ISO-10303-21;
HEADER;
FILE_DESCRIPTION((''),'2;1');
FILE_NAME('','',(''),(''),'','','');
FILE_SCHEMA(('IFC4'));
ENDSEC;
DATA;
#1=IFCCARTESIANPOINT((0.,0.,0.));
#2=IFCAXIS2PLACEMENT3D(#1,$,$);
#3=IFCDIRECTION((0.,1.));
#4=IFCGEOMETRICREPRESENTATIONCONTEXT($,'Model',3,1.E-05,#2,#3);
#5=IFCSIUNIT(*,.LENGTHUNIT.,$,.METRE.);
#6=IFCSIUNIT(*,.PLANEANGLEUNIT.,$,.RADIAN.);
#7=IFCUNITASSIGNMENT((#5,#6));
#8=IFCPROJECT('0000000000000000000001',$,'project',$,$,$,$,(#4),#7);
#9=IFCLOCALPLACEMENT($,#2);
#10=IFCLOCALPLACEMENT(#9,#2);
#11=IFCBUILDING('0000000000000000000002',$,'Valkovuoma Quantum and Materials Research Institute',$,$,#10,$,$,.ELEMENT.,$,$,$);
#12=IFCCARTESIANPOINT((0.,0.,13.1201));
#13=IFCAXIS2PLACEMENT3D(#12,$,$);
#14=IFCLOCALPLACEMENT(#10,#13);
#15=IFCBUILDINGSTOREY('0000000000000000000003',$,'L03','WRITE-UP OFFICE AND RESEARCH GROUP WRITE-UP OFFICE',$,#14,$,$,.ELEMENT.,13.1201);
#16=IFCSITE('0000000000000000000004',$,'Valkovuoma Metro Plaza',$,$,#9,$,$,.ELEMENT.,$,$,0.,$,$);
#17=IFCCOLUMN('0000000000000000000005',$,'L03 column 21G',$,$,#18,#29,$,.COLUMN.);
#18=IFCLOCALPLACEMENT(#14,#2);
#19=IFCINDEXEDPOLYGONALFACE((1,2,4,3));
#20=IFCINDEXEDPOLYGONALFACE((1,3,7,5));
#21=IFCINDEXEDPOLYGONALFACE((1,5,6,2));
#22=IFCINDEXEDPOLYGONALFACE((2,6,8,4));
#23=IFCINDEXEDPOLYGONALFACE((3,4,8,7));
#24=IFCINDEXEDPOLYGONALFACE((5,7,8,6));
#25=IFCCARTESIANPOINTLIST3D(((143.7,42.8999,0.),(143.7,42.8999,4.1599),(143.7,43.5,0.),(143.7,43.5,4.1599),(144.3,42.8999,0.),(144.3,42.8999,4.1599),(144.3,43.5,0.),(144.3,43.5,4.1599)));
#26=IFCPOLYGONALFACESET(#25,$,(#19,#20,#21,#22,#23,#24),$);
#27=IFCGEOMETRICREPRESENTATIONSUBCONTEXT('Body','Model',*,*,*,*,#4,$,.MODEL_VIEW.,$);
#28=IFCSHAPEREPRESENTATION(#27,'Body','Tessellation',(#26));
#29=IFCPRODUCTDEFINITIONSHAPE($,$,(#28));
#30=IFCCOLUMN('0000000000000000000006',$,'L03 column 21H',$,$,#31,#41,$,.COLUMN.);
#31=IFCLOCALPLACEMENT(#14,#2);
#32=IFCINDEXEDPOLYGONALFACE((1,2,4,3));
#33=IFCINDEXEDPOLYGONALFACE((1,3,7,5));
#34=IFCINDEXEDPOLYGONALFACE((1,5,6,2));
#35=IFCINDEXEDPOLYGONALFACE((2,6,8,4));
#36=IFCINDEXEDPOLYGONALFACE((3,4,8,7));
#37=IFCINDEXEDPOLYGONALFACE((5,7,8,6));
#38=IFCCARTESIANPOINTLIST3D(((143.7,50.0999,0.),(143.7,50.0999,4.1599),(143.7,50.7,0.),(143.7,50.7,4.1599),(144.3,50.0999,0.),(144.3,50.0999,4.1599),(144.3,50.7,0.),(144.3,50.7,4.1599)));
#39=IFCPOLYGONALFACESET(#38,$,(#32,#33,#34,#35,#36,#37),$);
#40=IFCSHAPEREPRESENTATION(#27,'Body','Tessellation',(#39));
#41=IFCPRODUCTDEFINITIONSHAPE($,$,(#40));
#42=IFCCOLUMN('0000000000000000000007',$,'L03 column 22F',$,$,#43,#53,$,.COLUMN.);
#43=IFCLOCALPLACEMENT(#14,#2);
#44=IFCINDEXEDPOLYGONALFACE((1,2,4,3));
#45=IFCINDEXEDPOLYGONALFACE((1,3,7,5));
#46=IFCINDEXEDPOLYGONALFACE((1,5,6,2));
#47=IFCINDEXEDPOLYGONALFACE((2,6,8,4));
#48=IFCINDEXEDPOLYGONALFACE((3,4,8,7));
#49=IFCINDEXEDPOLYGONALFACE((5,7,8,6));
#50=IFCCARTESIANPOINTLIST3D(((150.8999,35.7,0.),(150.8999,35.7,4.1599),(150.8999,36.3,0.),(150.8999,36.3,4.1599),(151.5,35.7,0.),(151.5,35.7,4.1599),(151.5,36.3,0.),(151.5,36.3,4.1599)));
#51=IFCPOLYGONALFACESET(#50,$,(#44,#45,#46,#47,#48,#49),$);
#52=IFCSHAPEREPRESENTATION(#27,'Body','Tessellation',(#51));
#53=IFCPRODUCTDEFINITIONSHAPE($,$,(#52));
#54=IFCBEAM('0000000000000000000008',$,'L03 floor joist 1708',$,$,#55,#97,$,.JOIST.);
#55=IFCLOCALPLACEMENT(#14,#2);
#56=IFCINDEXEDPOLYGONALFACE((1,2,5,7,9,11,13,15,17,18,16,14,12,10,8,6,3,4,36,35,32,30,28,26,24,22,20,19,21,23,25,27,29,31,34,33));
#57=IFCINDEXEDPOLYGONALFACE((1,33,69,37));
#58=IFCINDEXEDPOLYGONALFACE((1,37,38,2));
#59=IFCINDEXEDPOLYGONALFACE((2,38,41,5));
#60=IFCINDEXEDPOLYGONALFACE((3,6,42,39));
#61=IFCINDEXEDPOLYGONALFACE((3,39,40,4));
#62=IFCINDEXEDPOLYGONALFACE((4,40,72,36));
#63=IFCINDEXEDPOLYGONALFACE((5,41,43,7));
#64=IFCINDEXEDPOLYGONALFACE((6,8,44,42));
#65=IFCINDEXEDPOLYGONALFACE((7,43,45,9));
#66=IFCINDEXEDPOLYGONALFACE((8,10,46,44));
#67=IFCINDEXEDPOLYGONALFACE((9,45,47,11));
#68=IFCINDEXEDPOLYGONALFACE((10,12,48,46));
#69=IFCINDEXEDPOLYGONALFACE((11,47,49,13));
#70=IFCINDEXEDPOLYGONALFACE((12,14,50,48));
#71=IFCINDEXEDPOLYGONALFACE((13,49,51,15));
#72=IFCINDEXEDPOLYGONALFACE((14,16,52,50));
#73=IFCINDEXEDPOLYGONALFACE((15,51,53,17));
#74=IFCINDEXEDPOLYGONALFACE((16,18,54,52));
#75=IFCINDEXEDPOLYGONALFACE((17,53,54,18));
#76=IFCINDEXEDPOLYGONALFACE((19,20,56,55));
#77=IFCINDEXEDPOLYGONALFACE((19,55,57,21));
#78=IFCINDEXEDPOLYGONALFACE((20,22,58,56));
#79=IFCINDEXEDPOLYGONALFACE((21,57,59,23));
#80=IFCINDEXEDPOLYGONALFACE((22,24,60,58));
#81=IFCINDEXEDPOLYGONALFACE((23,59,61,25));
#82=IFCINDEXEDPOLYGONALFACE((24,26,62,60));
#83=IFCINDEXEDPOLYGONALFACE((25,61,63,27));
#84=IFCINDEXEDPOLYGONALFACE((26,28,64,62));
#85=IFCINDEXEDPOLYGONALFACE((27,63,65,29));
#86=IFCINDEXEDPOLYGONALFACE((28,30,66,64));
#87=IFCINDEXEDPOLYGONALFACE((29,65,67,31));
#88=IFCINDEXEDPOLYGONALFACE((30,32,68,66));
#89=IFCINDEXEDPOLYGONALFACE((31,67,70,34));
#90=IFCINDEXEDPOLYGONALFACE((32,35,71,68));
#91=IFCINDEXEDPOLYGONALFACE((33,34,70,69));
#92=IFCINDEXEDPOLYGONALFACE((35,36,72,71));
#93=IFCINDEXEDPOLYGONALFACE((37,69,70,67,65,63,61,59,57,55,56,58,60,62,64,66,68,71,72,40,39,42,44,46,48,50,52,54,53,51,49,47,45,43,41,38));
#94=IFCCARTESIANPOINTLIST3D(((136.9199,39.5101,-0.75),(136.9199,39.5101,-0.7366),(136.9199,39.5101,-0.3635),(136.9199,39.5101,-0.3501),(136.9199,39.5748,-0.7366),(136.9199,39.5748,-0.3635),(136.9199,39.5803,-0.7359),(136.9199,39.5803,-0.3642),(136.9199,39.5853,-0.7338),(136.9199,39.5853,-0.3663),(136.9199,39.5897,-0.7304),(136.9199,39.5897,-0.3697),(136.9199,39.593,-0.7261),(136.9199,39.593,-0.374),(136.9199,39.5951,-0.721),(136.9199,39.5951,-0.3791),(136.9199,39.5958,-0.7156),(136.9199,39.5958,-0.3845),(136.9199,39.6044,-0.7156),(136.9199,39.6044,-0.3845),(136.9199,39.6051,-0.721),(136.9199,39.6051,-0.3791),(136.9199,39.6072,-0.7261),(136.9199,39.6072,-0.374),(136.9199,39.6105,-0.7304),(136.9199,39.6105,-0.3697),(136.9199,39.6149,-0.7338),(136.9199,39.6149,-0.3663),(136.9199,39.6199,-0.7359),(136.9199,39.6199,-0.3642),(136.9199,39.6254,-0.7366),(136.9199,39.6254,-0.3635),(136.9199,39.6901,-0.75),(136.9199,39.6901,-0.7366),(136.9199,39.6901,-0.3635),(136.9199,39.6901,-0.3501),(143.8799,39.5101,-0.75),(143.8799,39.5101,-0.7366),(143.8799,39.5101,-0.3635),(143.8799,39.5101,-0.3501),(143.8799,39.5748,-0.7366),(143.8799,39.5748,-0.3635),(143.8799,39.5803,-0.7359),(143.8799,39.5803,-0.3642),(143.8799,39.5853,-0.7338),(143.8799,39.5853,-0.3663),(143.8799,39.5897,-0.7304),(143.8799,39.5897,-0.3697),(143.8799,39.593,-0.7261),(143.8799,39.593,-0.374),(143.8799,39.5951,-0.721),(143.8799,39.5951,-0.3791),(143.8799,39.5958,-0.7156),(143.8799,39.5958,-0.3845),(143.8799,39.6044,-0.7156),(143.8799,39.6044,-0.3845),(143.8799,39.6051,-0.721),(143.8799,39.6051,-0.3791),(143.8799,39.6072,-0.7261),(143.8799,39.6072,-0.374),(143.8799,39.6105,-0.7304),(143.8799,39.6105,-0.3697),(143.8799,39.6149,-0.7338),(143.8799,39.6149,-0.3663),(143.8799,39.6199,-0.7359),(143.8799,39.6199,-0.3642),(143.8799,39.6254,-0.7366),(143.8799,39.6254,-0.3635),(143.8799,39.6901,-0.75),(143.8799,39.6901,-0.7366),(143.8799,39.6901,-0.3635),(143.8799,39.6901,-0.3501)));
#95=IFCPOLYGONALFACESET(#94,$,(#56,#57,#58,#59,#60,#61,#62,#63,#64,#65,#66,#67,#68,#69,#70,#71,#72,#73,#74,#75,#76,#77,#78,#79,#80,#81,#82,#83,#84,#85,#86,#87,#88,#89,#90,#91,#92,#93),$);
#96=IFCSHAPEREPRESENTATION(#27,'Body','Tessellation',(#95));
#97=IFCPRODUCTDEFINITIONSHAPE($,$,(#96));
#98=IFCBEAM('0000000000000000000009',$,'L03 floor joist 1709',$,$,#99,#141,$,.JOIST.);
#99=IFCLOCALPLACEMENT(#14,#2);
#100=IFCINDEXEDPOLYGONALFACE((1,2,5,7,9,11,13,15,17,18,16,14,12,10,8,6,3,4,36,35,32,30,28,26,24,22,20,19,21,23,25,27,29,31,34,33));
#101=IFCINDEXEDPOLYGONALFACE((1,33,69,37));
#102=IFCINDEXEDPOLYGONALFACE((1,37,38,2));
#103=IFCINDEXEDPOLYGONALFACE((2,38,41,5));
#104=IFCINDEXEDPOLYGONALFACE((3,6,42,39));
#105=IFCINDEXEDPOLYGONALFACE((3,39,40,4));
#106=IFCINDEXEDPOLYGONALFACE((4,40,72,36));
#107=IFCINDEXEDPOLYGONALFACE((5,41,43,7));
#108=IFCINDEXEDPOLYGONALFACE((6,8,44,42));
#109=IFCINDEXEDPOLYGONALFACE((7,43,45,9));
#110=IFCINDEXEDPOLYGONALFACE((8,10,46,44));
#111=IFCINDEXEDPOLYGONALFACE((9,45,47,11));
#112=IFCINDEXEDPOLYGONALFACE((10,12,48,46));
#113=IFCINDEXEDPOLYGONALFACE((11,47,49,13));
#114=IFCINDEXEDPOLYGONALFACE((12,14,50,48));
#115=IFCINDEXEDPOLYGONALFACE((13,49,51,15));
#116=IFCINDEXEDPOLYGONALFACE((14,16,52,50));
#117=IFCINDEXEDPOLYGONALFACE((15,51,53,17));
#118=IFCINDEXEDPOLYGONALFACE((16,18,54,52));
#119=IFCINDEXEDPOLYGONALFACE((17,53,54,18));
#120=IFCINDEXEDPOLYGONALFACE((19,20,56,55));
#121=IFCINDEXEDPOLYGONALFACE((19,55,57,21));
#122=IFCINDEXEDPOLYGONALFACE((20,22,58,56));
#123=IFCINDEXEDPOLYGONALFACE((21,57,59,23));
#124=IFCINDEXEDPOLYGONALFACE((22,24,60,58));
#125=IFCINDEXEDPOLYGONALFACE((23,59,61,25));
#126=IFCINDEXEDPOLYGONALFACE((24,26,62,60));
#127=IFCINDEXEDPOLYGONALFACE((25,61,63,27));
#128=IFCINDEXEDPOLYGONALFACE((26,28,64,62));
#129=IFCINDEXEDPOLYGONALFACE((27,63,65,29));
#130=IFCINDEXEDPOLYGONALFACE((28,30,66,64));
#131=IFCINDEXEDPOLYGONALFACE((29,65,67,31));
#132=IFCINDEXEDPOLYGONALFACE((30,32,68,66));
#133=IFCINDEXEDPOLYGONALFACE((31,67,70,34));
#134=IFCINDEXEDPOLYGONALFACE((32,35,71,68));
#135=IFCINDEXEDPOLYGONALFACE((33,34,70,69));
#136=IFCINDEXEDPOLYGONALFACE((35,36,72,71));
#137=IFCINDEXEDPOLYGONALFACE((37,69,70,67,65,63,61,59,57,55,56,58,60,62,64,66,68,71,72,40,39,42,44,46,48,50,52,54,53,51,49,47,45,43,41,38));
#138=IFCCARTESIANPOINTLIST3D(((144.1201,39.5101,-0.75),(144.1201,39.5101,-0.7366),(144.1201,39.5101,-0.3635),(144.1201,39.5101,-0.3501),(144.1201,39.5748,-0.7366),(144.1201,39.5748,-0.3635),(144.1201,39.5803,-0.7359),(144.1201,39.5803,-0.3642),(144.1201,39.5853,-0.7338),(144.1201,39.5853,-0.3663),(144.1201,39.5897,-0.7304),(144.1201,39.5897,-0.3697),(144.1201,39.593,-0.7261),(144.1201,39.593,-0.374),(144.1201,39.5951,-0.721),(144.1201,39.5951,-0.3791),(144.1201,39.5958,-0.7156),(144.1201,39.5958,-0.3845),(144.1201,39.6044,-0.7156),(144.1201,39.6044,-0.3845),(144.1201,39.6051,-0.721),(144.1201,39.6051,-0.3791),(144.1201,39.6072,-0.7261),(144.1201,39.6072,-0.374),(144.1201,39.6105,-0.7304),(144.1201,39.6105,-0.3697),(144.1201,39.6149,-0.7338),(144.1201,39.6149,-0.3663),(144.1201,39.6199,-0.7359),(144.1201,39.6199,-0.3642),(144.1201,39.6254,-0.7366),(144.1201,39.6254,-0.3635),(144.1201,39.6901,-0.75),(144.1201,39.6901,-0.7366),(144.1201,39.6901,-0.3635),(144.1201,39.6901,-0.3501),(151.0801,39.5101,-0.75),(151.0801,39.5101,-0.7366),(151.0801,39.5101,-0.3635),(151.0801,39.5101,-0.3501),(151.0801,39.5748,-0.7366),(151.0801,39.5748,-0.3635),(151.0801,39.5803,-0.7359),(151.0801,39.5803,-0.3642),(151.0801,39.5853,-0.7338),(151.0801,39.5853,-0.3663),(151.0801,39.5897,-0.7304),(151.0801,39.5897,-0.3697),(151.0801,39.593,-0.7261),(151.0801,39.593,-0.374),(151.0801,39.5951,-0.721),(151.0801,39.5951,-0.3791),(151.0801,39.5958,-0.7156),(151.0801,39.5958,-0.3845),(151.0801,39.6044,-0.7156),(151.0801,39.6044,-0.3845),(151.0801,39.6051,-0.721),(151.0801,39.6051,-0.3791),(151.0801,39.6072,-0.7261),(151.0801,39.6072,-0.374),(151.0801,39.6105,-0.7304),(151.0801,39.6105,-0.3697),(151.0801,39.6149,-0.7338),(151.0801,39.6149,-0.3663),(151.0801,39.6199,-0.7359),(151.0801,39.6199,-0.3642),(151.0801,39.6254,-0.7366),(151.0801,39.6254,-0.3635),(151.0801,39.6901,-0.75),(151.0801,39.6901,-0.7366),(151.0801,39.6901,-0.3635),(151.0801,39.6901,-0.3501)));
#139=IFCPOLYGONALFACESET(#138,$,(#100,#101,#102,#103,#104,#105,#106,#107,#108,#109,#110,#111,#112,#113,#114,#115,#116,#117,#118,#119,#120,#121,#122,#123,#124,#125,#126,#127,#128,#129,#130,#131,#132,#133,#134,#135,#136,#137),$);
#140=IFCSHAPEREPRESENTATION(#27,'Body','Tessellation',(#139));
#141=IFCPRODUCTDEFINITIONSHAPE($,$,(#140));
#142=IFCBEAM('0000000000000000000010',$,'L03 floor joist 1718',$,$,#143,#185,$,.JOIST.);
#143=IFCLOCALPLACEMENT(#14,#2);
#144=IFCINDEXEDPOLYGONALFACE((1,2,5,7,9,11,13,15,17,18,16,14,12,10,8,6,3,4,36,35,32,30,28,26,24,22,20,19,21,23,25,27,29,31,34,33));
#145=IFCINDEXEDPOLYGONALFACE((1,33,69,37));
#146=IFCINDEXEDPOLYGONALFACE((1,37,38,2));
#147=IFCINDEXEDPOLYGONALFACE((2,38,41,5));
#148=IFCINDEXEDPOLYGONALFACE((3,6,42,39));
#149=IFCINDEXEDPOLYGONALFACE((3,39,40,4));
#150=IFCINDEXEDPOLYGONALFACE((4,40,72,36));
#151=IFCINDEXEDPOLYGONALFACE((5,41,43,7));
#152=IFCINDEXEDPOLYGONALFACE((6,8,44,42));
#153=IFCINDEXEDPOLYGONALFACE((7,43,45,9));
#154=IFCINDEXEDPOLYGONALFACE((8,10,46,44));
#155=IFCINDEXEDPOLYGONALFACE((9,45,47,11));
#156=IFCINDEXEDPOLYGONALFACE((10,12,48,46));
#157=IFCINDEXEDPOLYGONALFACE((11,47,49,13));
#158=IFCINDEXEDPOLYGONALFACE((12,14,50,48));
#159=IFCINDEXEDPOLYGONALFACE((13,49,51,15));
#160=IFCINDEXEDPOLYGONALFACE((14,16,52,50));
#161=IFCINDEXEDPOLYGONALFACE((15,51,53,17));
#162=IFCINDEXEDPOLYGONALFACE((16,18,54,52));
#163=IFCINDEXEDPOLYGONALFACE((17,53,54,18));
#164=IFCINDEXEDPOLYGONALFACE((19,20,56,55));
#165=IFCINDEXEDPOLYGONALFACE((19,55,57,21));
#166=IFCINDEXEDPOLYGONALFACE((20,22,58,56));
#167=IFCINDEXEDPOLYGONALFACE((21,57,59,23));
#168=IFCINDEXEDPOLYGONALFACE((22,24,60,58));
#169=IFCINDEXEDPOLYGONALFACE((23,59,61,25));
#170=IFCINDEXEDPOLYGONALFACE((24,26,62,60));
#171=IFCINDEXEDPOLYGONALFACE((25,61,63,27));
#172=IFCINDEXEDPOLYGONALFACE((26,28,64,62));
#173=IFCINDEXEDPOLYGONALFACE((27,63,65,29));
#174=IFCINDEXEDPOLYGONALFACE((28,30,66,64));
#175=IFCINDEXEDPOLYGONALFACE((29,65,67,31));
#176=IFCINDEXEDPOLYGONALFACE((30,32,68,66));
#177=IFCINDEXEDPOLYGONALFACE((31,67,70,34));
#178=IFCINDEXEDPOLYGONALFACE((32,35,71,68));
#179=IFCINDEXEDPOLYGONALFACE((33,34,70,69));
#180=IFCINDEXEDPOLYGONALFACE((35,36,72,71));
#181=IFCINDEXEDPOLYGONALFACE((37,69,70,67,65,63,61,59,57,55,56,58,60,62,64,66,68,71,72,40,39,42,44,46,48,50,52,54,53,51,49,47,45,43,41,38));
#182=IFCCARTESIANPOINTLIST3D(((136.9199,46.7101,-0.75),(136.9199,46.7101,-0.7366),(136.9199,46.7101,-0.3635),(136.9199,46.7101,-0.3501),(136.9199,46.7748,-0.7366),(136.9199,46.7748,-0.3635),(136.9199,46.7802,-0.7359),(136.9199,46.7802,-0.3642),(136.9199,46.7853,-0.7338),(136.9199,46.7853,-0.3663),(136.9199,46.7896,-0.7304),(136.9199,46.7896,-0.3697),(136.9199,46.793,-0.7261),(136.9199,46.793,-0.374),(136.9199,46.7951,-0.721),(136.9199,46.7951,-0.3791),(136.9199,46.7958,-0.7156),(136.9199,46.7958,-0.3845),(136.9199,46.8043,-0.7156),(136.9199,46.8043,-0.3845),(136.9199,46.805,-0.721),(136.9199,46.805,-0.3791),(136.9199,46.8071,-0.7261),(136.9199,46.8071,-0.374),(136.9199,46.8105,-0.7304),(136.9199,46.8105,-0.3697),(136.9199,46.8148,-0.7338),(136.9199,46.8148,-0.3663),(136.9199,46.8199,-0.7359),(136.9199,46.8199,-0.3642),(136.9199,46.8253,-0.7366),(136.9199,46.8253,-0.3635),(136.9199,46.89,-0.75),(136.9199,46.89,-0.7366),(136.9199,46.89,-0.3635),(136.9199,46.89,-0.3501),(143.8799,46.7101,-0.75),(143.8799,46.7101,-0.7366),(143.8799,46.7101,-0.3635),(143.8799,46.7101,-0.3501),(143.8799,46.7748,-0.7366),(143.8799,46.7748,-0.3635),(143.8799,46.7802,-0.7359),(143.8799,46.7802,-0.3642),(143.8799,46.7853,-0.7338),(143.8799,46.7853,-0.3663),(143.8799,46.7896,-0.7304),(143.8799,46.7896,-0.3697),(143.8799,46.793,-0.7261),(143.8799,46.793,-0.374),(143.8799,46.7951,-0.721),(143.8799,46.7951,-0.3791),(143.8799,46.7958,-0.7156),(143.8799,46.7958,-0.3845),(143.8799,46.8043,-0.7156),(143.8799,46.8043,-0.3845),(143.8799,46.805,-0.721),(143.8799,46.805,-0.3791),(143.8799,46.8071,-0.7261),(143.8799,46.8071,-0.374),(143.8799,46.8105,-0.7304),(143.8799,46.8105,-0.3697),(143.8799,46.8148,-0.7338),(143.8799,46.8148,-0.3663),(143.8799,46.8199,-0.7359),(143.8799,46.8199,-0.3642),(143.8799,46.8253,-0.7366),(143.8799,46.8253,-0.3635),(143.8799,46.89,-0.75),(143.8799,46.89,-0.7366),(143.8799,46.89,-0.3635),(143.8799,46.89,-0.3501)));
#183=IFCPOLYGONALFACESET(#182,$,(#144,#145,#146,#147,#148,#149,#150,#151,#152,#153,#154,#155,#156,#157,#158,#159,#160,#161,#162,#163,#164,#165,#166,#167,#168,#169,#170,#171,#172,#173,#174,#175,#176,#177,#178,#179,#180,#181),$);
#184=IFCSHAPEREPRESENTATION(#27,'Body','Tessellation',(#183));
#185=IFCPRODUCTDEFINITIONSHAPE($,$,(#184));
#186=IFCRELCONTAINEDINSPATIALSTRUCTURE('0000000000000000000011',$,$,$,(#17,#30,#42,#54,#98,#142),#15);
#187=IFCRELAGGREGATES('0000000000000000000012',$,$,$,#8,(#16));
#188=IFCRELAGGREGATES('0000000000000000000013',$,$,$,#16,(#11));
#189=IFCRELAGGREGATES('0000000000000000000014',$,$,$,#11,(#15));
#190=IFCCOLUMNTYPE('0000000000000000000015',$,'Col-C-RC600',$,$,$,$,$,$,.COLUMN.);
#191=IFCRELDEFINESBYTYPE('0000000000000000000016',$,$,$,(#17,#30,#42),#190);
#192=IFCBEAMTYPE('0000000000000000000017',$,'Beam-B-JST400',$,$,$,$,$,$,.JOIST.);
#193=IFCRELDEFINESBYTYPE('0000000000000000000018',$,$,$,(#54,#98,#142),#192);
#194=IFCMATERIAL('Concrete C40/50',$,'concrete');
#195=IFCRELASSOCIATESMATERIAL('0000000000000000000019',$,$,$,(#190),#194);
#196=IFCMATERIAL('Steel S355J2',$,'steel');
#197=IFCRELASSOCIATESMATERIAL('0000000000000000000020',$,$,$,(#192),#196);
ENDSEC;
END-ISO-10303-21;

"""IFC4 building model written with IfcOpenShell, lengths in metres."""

from ifc_helpers import new_model, si_unit, direction, frame, origin, origin_2d, place, context, subcontext, project, spatial, rectangle, i_section, extrude, material, material_profile, profile_set, type_object, element, save


model = new_model("IFC4")

# Units and contexts
model_context = context("Model", 3, precision=1e-05, world=origin(), true_north=direction((0.0, 1.0)))
body_context = subcontext(model_context, "Body", "Model", "MODEL_VIEW")
ifc_project = project(units=[si_unit("LENGTHUNIT", "METRE"), si_unit("PLANEANGLEUNIT", "RADIAN")], contexts=[model_context])

# Site, building, storey
site_placement = place(None, origin())
site = spatial("IfcSite", under=ifc_project, at=site_placement, Name="Valkovuoma Metro Plaza", CompositionType="ELEMENT", RefElevation=0.0)
building_placement = place(site_placement, origin())
building = spatial("IfcBuilding", under=site, at=building_placement, Name="Valkovuoma Quantum and Materials Research Institute", CompositionType="ELEMENT")
storey_placement = place(building_placement, frame((0.0, 0.0, 13.1201)))
storey = spatial("IfcBuildingStorey", under=building, at=storey_placement, Name="L03", Description="WRITE-UP OFFICE AND RESEARCH GROUP WRITE-UP OFFICE", CompositionType="ELEMENT", Elevation=13.1201)

# Columns
ifc_material_1 = material(Name="Concrete C40/50", Category="concrete")
ifc_material_profile_1 = material_profile(ifc_material_1, rectangle(XDim=0.6001, YDim=0.6001, at=origin_2d()), Name="Concrete C40/50")
ifc_profile_set_1 = profile_set([ifc_material_profile_1], Name="Concrete C40/50")
column_type = type_object("IfcColumnType", Name="Col-C-RC600", PredefinedType="COLUMN", material=ifc_profile_set_1)
for number, where, z_axis, x_axis, name in (
    (1, (144.0, 43.2, 0.0), (0.0, 0.0, 1.0), (1.0, 0.0, 0.0), "L03 column 21G"),
    (2, (144.0, 50.3999, 0.0), (0.0, 0.0, 1.0), (1.0, 0.0, 0.0), "L03 column 21H"),
    (3, (151.2, 36.0, 0.0), (0.0, 0.0, 1.0), (1.0, 0.0, 0.0), "L03 column 22F"),
):
    element("IfcColumn", number, at=place(storey_placement, frame(where, z_axis=z_axis, x_axis=x_axis)), inside=storey, type_object=column_type, Name=name, PredefinedType="COLUMN", context=body_context, shape_type="SweptSolid", body=[
        extrude(rectangle(XDim=0.6001, YDim=0.6001, at=origin_2d()), origin(), (0.0, 0.0, 1.0), 4.1599),
    ])

# Beams
ifc_material_2 = material(Name="Steel S355J2", Category="steel")
ifc_material_profile_2 = material_profile(ifc_material_2, i_section(OverallWidth=0.1799, OverallDepth=0.3999, WebThickness=0.0085, FlangeThickness=0.0134, FilletRadius=0.021, at=origin_2d()), Name="Steel S355J2")
ifc_profile_set_2 = profile_set([ifc_material_profile_2], Name="Steel S355J2")
beam_type_1 = type_object("IfcBeamType", Name="Beam-B-JST400", PredefinedType="JOIST", material=ifc_profile_set_2)
for number, where, z_axis, x_axis, name in (
    (4, (136.9199, 39.6001, -0.55), (1.0, 0.0, 0.0), (0.0, 1.0, 0.0), "L03 floor joist 1708"),
    (5, (144.1201, 39.6001, -0.55), (1.0, 0.0, 0.0), (0.0, 1.0, 0.0), "L03 floor joist 1709"),
    (6, (136.9199, 46.8, -0.55), (1.0, 0.0, 0.0), (0.0, 1.0, 0.0), "L03 floor joist 1718"),
):
    element("IfcBeam", number, at=place(storey_placement, frame(where, z_axis=z_axis, x_axis=x_axis)), inside=storey, type_object=beam_type_1, Name=name, PredefinedType="JOIST", context=body_context, shape_type="SweptSolid", body=[
        extrude(i_section(OverallWidth=0.1799, OverallDepth=0.3999, WebThickness=0.0085, FlangeThickness=0.0134, FilletRadius=0.021, at=origin_2d()), origin(), (0.0, 0.0, 1.0), 6.96),
    ])

save(model, "model.ifc")
